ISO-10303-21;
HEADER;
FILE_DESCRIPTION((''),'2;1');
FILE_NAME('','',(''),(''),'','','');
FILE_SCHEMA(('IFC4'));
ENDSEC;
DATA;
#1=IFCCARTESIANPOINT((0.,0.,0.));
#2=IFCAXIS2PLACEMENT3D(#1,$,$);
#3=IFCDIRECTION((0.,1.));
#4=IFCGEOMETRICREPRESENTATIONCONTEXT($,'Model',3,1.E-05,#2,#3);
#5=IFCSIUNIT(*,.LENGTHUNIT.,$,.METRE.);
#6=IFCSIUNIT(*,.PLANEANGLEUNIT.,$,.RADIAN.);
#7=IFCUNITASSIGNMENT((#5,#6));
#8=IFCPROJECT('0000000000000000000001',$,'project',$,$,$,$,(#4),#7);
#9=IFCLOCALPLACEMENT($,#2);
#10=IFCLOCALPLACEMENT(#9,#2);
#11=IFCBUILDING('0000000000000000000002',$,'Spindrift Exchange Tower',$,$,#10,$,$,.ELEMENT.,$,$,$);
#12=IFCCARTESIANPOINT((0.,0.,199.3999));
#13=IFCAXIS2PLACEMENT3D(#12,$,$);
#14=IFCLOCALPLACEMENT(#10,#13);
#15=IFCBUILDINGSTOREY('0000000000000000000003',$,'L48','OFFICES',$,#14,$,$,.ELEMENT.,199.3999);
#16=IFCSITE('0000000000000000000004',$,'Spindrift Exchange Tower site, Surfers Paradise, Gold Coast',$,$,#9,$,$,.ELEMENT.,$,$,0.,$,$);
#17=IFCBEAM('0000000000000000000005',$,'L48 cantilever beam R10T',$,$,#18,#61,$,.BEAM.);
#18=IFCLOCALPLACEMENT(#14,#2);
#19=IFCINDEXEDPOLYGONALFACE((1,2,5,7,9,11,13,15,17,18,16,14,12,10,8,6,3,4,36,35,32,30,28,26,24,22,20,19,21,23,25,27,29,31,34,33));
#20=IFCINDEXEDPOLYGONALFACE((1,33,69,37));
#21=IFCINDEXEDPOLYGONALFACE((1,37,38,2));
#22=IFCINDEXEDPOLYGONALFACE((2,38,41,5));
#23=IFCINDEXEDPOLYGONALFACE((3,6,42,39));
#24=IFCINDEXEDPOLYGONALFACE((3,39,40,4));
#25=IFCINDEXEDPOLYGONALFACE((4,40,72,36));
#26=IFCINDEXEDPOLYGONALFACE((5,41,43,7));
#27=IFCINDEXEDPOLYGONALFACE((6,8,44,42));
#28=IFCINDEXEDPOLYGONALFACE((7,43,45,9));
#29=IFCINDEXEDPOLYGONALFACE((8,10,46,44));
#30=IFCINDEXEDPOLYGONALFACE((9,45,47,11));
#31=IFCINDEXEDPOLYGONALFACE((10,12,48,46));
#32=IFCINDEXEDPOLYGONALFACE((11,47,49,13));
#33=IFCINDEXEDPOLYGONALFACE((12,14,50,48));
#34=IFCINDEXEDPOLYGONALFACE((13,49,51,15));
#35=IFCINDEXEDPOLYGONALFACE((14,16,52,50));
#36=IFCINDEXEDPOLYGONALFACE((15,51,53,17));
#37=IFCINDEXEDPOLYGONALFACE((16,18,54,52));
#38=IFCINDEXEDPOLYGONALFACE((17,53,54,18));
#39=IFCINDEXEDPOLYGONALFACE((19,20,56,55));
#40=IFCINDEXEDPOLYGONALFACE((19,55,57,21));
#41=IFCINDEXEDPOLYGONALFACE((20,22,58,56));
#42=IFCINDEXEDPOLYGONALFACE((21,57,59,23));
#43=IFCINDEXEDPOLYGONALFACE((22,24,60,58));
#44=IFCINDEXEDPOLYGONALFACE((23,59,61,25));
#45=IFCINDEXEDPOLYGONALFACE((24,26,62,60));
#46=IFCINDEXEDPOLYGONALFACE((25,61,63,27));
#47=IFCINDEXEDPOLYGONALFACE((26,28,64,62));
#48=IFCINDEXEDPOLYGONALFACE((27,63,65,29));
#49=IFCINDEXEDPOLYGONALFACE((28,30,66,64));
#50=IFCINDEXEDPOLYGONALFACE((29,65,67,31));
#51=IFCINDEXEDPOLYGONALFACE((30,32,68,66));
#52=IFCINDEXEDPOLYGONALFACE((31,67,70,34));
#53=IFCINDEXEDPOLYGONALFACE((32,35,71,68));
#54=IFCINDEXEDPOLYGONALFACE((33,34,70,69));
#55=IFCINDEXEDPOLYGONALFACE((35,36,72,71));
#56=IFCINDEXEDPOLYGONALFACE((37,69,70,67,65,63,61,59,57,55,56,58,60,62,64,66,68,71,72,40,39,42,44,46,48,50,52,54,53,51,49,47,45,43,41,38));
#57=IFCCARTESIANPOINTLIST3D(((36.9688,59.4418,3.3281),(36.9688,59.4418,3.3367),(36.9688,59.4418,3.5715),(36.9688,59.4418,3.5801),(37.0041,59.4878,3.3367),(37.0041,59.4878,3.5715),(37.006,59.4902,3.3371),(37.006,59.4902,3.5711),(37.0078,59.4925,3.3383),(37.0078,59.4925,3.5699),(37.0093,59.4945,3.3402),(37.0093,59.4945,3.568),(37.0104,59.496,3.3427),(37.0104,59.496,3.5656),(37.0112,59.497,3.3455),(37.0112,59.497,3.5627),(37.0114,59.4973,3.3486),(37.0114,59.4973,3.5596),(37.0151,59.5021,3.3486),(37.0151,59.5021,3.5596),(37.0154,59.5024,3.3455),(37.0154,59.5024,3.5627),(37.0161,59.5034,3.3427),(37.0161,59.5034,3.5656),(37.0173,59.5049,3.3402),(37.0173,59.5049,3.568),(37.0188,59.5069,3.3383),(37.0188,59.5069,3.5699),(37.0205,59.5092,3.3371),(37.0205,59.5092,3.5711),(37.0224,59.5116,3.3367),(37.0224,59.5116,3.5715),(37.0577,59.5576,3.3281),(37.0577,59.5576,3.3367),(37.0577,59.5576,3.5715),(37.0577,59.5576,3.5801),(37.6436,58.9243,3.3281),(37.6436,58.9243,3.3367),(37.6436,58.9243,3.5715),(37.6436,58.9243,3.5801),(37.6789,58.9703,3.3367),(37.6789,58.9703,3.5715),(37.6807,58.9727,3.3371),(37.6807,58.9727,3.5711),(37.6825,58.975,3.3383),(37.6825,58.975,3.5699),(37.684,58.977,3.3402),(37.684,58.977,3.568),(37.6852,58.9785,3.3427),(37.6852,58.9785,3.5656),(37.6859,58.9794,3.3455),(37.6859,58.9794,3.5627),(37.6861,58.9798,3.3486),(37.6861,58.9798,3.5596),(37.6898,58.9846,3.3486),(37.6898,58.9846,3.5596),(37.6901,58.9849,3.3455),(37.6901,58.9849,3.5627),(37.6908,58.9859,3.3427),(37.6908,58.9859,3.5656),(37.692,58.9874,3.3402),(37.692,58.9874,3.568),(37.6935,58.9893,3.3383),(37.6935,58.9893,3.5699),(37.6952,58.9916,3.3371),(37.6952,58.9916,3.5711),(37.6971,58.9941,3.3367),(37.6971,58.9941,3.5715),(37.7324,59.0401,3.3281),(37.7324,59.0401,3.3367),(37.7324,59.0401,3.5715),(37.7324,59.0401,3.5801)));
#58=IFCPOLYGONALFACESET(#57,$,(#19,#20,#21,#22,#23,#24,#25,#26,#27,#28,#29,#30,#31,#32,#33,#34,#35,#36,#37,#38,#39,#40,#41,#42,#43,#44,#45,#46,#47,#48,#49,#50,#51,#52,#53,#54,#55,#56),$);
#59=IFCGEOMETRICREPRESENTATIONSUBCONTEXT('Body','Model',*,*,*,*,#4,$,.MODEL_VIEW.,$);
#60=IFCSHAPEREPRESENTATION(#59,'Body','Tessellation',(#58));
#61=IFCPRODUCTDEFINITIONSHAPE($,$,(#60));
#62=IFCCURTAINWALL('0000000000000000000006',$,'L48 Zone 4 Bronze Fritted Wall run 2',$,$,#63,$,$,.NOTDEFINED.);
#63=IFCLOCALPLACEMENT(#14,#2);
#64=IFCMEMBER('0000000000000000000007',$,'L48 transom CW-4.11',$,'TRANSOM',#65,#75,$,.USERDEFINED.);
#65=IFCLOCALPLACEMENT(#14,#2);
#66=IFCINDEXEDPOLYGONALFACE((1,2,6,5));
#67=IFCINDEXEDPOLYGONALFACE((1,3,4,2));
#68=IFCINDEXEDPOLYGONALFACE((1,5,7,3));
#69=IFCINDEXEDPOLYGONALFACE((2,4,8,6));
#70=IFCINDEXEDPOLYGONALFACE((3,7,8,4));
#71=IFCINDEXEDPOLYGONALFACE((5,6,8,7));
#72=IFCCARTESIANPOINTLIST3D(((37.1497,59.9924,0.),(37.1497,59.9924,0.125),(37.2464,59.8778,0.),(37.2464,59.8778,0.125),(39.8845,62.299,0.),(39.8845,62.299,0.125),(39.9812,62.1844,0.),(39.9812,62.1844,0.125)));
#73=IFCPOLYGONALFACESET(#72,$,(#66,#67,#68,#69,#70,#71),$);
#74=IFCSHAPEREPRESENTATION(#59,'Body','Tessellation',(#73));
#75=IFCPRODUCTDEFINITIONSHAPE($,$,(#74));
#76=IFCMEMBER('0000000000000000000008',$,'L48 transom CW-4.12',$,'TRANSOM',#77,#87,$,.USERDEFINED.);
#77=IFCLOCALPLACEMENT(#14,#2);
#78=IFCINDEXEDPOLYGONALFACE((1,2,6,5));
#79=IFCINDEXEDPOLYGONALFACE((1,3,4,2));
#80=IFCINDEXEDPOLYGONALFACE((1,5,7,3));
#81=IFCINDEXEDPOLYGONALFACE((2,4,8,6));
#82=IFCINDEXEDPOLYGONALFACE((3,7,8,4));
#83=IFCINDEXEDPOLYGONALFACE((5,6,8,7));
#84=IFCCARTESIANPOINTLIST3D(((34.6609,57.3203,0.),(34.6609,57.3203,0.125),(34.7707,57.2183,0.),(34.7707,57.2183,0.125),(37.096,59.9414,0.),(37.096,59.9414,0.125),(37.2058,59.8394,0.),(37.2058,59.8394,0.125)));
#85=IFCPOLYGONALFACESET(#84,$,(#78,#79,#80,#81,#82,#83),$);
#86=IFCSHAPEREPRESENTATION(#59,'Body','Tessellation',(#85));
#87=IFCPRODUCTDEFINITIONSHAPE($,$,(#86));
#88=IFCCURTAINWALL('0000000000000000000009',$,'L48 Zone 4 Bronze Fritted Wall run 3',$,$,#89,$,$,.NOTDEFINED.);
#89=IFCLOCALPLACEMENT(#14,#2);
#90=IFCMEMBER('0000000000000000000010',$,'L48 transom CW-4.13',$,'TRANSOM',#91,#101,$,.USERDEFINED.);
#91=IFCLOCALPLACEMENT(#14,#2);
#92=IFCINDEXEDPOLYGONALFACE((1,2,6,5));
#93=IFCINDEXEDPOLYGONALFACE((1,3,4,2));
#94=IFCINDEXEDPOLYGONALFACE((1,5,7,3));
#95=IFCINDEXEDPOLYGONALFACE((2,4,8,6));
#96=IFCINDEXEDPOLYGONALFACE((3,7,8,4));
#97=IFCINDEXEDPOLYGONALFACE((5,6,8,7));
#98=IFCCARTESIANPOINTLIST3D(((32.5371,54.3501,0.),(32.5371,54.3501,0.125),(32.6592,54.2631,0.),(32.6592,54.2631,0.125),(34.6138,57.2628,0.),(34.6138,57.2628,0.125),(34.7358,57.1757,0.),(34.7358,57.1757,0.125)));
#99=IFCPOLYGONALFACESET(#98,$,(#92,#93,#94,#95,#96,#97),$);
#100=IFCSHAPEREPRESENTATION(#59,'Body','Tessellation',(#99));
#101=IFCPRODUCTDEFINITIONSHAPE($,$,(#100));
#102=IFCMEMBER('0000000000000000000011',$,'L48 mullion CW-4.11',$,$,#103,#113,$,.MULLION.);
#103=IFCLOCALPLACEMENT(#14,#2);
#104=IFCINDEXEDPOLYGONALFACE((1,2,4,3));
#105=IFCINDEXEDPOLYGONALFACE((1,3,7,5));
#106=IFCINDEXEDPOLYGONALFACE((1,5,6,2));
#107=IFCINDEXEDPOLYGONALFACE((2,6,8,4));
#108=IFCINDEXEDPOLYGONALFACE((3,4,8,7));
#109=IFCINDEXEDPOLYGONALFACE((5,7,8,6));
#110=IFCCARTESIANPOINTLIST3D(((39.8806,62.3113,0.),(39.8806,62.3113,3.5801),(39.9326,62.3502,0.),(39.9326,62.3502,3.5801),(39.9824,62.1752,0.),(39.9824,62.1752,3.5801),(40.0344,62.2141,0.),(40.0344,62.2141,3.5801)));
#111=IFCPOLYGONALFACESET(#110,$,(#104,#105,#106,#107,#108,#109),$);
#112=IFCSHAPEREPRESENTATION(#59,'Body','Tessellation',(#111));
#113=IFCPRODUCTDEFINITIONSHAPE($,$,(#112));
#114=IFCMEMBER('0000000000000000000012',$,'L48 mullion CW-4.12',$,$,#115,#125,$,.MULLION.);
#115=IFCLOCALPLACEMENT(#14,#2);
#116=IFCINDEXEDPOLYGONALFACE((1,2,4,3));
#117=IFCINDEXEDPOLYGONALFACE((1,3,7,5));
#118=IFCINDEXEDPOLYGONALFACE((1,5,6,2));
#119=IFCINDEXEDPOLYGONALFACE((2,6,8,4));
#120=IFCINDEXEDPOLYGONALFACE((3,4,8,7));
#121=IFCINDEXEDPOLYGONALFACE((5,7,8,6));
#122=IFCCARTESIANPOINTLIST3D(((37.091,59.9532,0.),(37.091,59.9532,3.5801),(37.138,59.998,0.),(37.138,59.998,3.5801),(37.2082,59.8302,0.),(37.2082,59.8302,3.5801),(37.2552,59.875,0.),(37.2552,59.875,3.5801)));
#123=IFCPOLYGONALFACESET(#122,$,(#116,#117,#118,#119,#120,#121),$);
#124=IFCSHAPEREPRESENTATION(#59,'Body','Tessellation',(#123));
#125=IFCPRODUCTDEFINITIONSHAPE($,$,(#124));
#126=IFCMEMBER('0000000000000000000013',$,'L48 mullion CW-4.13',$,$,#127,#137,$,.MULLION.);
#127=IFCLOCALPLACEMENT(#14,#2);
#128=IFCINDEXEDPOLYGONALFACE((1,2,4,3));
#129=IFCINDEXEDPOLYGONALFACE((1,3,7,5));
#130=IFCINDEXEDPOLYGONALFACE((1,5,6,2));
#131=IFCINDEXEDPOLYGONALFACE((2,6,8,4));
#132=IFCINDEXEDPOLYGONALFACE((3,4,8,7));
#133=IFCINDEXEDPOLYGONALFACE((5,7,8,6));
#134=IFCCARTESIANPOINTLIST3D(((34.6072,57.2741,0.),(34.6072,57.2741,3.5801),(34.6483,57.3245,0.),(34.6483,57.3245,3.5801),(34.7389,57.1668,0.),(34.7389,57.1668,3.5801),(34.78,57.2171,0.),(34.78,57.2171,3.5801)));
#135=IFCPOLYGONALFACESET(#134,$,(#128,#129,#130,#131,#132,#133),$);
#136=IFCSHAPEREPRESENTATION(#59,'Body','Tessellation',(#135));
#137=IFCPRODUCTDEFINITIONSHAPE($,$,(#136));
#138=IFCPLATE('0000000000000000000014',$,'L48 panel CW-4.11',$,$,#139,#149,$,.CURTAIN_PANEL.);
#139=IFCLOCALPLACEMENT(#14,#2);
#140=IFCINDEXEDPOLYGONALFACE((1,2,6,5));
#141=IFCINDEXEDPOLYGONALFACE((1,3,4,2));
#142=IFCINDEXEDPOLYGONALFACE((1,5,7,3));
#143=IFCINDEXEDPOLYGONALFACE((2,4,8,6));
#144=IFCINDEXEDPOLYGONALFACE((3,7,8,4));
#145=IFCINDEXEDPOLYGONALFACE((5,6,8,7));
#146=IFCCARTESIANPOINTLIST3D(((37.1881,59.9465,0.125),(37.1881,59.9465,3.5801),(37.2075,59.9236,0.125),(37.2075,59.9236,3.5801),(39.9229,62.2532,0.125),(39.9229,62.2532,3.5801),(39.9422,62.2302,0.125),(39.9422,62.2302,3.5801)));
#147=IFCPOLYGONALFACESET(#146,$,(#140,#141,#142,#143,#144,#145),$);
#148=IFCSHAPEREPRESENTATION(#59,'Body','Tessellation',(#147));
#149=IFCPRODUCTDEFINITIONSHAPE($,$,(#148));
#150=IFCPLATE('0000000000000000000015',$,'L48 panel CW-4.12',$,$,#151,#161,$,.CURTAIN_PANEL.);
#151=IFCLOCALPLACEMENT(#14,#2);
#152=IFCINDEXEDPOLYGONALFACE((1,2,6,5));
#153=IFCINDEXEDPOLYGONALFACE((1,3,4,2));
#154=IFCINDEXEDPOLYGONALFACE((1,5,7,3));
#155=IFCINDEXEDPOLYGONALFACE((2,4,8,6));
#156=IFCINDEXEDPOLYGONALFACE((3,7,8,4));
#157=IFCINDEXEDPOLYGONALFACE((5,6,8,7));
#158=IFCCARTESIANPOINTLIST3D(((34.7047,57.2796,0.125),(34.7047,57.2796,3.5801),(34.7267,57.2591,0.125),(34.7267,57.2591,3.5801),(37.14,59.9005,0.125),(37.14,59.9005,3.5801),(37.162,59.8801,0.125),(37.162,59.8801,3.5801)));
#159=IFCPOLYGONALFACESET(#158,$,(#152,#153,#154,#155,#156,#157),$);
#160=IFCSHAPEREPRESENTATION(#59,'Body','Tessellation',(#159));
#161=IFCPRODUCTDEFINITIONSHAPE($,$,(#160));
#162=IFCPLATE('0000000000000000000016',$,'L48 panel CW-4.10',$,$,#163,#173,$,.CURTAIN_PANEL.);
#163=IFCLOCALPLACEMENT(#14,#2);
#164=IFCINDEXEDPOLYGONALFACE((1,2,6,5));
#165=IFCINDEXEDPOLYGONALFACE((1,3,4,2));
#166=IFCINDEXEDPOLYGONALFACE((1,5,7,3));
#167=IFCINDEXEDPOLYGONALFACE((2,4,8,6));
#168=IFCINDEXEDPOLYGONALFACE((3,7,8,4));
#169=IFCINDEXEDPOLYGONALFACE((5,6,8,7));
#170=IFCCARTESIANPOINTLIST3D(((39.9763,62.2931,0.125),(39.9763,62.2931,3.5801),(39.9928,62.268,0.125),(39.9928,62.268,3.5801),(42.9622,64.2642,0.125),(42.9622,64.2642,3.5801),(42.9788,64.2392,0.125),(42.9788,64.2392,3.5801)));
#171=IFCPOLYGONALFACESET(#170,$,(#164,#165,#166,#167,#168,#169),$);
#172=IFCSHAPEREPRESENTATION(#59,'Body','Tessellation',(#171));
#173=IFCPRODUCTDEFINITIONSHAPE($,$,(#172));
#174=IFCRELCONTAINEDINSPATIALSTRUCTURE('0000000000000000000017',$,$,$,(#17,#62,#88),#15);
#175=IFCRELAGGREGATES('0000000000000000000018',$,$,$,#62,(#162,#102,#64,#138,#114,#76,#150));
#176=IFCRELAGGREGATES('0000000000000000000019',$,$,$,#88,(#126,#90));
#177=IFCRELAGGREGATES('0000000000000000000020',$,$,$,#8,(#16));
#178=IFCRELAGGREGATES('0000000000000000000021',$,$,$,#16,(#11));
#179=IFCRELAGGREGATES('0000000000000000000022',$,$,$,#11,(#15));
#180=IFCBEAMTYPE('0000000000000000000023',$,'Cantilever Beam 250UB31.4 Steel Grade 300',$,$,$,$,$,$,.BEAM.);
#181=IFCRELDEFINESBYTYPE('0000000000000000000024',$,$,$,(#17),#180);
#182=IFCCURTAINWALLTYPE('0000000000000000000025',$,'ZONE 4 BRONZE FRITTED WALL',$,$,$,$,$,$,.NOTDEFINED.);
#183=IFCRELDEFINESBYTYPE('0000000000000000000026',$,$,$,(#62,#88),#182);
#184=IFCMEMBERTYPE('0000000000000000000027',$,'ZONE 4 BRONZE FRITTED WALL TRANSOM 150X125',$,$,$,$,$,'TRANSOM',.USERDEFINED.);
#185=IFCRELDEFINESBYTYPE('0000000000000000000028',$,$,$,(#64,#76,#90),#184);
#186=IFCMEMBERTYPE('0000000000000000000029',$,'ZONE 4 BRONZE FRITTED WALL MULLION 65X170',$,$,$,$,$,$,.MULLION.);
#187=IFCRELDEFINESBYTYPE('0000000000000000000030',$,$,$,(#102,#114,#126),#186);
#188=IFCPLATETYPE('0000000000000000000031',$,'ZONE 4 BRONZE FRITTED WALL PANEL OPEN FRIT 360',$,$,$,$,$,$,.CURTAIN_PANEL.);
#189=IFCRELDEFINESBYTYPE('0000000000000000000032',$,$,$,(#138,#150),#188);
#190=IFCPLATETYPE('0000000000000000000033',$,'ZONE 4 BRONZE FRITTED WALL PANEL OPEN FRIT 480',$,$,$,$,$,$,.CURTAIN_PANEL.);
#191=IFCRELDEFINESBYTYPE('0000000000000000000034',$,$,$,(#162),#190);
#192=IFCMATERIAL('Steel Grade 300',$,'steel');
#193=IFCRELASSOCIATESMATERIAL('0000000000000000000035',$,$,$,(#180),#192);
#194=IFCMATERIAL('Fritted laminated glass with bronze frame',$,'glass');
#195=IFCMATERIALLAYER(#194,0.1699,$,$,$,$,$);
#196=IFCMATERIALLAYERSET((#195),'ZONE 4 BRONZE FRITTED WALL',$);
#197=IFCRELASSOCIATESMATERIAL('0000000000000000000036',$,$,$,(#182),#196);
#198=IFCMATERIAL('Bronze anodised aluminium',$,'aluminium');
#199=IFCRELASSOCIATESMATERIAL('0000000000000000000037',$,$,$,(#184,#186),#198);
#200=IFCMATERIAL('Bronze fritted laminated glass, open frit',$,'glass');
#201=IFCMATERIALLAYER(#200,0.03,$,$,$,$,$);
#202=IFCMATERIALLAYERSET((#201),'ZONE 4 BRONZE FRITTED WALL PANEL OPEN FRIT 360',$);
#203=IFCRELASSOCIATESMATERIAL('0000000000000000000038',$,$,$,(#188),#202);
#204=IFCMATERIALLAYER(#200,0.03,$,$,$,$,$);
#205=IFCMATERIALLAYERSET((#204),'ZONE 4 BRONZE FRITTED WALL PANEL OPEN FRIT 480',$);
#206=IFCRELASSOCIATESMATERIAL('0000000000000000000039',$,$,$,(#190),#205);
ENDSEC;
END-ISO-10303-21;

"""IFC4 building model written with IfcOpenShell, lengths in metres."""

from ifc_helpers import new_model, si_unit, direction, frame, origin, origin_2d, place, context, subcontext, project, spatial, rectangle, i_section, extrude, source, transform, mapped, material, layer, layer_set, material_profile, profile_set, type_object, element, aggregate, save


model = new_model("IFC4")

# Units and contexts
model_context = context("Model", 3, precision=1e-05, world=origin(), true_north=direction((0.0, 1.0)))
body_context = subcontext(model_context, "Body", "Model", "MODEL_VIEW")
ifc_project = project(units=[si_unit("LENGTHUNIT", "METRE"), si_unit("PLANEANGLEUNIT", "RADIAN")], contexts=[model_context])

# Site, building, storey
site_placement = place(None, origin())
site = spatial("IfcSite", under=ifc_project, at=site_placement, Name="Spindrift Exchange Tower site, Surfers Paradise, Gold Coast", CompositionType="ELEMENT", RefElevation=0.0)
building_placement = place(site_placement, origin())
building = spatial("IfcBuilding", under=site, at=building_placement, Name="Spindrift Exchange Tower", CompositionType="ELEMENT")
storey_placement = place(building_placement, frame((0.0, 0.0, 199.3999)))
storey = spatial("IfcBuildingStorey", under=building, at=storey_placement, Name="L48", Description="OFFICES", CompositionType="ELEMENT", Elevation=199.3999)

# Beam
ifc_material_1 = material(Name="Steel Grade 300", Category="steel")
ifc_material_profile_1 = material_profile(ifc_material_1, i_section(OverallWidth=0.146, OverallDepth=0.252, WebThickness=0.0061, FlangeThickness=0.0085, FilletRadius=0.012, at=origin_2d()), Name="250UB31.4")
ifc_profile_set_1 = profile_set([ifc_material_profile_1], Name="Steel Grade 300")
beam_type_1 = type_object("IfcBeamType", Name="Cantilever Beam 250UB31.4 Steel Grade 300", PredefinedType="BEAM", material=ifc_profile_set_1)
shared_shape_1 = source(origin(), body_context, "Body", "SweptSolid", [
    extrude(i_section(OverallWidth=0.146, OverallDepth=0.252, WebThickness=0.0061, FlangeThickness=0.0085, FilletRadius=0.012, at=origin_2d()), origin(), (0.0, 0.0, 1.0), 0.8503),
])
beam_1_placement = place(storey_placement, frame((37.688, 58.9822, 3.4541), z_axis=(-0.793477, 0.6086, 0.0), x_axis=(-0.6086, -0.793477, 0.0)))
element("IfcBeam", 1, at=beam_1_placement, inside=storey, type_object=beam_type_1, Name="L48 cantilever beam R10T", PredefinedType="BEAM", context=body_context, shape_type="MappedRepresentation", body=[
    mapped(shared_shape_1, transform((0.0, 0.0, 0.0), scale=1.0)),
])

# Curtain wall, members
ifc_material_2 = material(Name="Fritted laminated glass with bronze frame", Category="glass")
ifc_layer_1 = layer(ifc_material_2, 0.1699)
ifc_layer_set_1 = layer_set([ifc_layer_1], Name="ZONE 4 BRONZE FRITTED WALL")
curtain_wall_type = type_object("IfcCurtainWallType", Name="ZONE 4 BRONZE FRITTED WALL", PredefinedType="NOTDEFINED", material=ifc_layer_set_1)
curtain_wall_1_placement = place(storey_placement, origin())
curtain_wall_1 = element("IfcCurtainWall", 2, at=curtain_wall_1_placement, inside=storey, type_object=curtain_wall_type, Name="L48 Zone 4 Bronze Fritted Wall run 2", PredefinedType="NOTDEFINED")
ifc_material_3 = material(Name="Bronze anodised aluminium", Category="aluminium")
ifc_material_profile_2 = material_profile(ifc_material_3, rectangle(XDim=0.1499, YDim=0.125, at=origin_2d()), Name="ZONE 4 BRONZE FRITTED WALL TRANSOM 150X125")
ifc_profile_set_2 = profile_set([ifc_material_profile_2], Name="Bronze anodised aluminium")
member_type_1 = type_object("IfcMemberType", Name="ZONE 4 BRONZE FRITTED WALL TRANSOM 150X125", ElementType="TRANSOM", PredefinedType="USERDEFINED", material=ifc_profile_set_2)
shared_shape_2 = source(origin(), body_context, "Body", "SweptSolid", [
    extrude(rectangle(XDim=0.1499, YDim=0.125, at=origin_2d()), origin(), (0.0, 0.0, 1.0), 3.5776),
])
member_1_placement = place(storey_placement, frame((39.9329, 62.2417, 0.0625), z_axis=(-0.764415, -0.644724, 0.0), x_axis=(0.644724, -0.764415, 0.0)))
member_1 = element("IfcMember", 3, at=member_1_placement, type_object=member_type_1, Name="L48 transom CW-4.11", ObjectType="TRANSOM", PredefinedType="USERDEFINED", context=body_context, shape_type="MappedRepresentation", body=[
    mapped(shared_shape_2, transform((0.0, 0.0, 0.0), scale=1.0)),
])
member_2_placement = place(storey_placement, frame((37.1509, 59.8904, 0.0625), z_axis=(-0.680629, -0.732628, 0.0), x_axis=(0.732628, -0.680629, 0.0)))
member_2 = element("IfcMember", 4, at=member_2_placement, type_object=member_type_1, Name="L48 transom CW-4.12", ObjectType="TRANSOM", PredefinedType="USERDEFINED", context=body_context, shape_type="MappedRepresentation", body=[
    mapped(shared_shape_2, transform((0.0, 0.0, 0.0), scale=1.0)),
])

# Curtain wall, member
curtain_wall_2_placement = place(storey_placement, origin())
curtain_wall_2 = element("IfcCurtainWall", 5, at=curtain_wall_2_placement, inside=storey, type_object=curtain_wall_type, Name="L48 Zone 4 Bronze Fritted Wall run 3", PredefinedType="NOTDEFINED")
shared_shape_3 = source(origin(), body_context, "Body", "SweptSolid", [
    extrude(rectangle(XDim=0.1499, YDim=0.125, at=origin_2d()), origin(), (0.0, 0.0, 1.0), 3.5771),
])
member_3_placement = place(storey_placement, frame((34.6748, 57.2192, 0.0625), z_axis=(-0.580541, -0.814231, 0.0), x_axis=(0.814231, -0.580541, 0.0)))
member_3 = element("IfcMember", 6, at=member_3_placement, type_object=member_type_1, Name="L48 transom CW-4.13", ObjectType="TRANSOM", PredefinedType="USERDEFINED", context=body_context, shape_type="MappedRepresentation", body=[
    mapped(shared_shape_3, transform((0.0, 0.0, 0.0), scale=1.0)),
])

# Members
ifc_material_profile_3 = material_profile(ifc_material_3, rectangle(XDim=0.0649, YDim=0.1699, at=origin_2d()), Name="ZONE 4 BRONZE FRITTED WALL MULLION 65X170")
ifc_profile_set_3 = profile_set([ifc_material_profile_3], Name="Bronze anodised aluminium")
member_type_2 = type_object("IfcMemberType", Name="ZONE 4 BRONZE FRITTED WALL MULLION 65X170", PredefinedType="MULLION", material=ifc_profile_set_3)
shared_shape_4 = source(origin(), body_context, "Body", "SweptSolid", [
    extrude(rectangle(XDim=0.0649, YDim=0.1699, at=origin_2d()), origin(), (0.0, 0.0, 1.0), 3.5801),
])
member_4_placement = place(storey_placement, frame((39.9575, 62.2627, 0.0), z_axis=(0.0, 0.0, 1.0), x_axis=(-0.800854, -0.59886, 0.0)))
member_4 = element("IfcMember", 7, at=member_4_placement, type_object=member_type_2, Name="L48 mullion CW-4.11", PredefinedType="MULLION", context=body_context, shape_type="MappedRepresentation", body=[
    mapped(shared_shape_4, transform((0.0, 0.0, 0.0), scale=1.0)),
])
member_5_placement = place(storey_placement, frame((37.1731, 59.9141, 0.0), z_axis=(0.0, 0.0, 1.0), x_axis=(-0.723872, -0.689934, 0.0)))
member_5 = element("IfcMember", 8, at=member_5_placement, type_object=member_type_2, Name="L48 mullion CW-4.12", PredefinedType="MULLION", context=body_context, shape_type="MappedRepresentation", body=[
    mapped(shared_shape_4, transform((0.0, 0.0, 0.0), scale=1.0)),
])
member_6_placement = place(storey_placement, frame((34.6936, 57.2456, 0.0), z_axis=(0.0, 0.0, 1.0), x_axis=(-0.631929, -0.775027, 0.0)))
member_6 = element("IfcMember", 9, at=member_6_placement, type_object=member_type_2, Name="L48 mullion CW-4.13", PredefinedType="MULLION", context=body_context, shape_type="MappedRepresentation", body=[
    mapped(shared_shape_4, transform((0.0, 0.0, 0.0), scale=1.0)),
])

# Plates
ifc_material_4 = material(Name="Bronze fritted laminated glass, open frit", Category="glass")
ifc_layer_2 = layer(ifc_material_4, 0.03)
ifc_layer_set_2 = layer_set([ifc_layer_2], Name="ZONE 4 BRONZE FRITTED WALL PANEL OPEN FRIT 360")
plate_type_1 = type_object("IfcPlateType", Name="ZONE 4 BRONZE FRITTED WALL PANEL OPEN FRIT 360", PredefinedType="CURTAIN_PANEL", material=ifc_layer_set_2)
shared_shape_5 = source(origin(), body_context, "Body", "SweptSolid", [
    extrude(rectangle(XDim=3.5776, YDim=0.03, at=origin_2d()), origin(), (0.0, 0.0, 1.0), 3.4551),
])
plate_1_placement = place(storey_placement, frame((38.5652, 61.0884, 0.125), z_axis=(0.0, 0.0, 1.0), x_axis=(-0.764403, -0.644739, 0.0)))
plate_1 = element("IfcPlate", 10, at=plate_1_placement, type_object=plate_type_1, Name="L48 panel CW-4.11", PredefinedType="CURTAIN_PANEL", context=body_context, shape_type="MappedRepresentation", body=[
    mapped(shared_shape_5, transform((0.0, 0.0, 0.0), scale=1.0)),
])
plate_2_placement = place(storey_placement, frame((35.9333, 58.5798, 0.125), z_axis=(0.0, 0.0, 1.0), x_axis=(-0.680674, -0.732587, 0.0)))
plate_2 = element("IfcPlate", 11, at=plate_2_placement, type_object=plate_type_1, Name="L48 panel CW-4.12", PredefinedType="CURTAIN_PANEL", context=body_context, shape_type="MappedRepresentation", body=[
    mapped(shared_shape_5, transform((0.0, 0.0, 0.0), scale=1.0)),
])
ifc_layer_3 = layer(ifc_material_4, 0.03)
ifc_layer_set_3 = layer_set([ifc_layer_3], Name="ZONE 4 BRONZE FRITTED WALL PANEL OPEN FRIT 480")
plate_type_2 = type_object("IfcPlateType", Name="ZONE 4 BRONZE FRITTED WALL PANEL OPEN FRIT 480", PredefinedType="CURTAIN_PANEL", material=ifc_layer_set_3)
shared_shape_6 = source(origin(), body_context, "Body", "SweptSolid", [
    extrude(rectangle(XDim=3.5779, YDim=0.03, at=origin_2d()), origin(), (0.0, 0.0, 1.0), 3.4551),
])
plate_3_placement = place(storey_placement, frame((41.4775, 63.2661, 0.125), z_axis=(0.0, 0.0, 1.0), x_axis=(-0.834555, -0.550925, 0.0)))
plate_3 = element("IfcPlate", 12, at=plate_3_placement, type_object=plate_type_2, Name="L48 panel CW-4.10", PredefinedType="CURTAIN_PANEL", context=body_context, shape_type="MappedRepresentation", body=[
    mapped(shared_shape_6, transform((0.0, 0.0, 0.0), scale=1.0)),
])
aggregate(curtain_wall_1, [plate_3, member_4, member_1, plate_1, member_5, member_2, plate_2])
aggregate(curtain_wall_2, [member_6, member_3])

save(model, "model.ifc")
